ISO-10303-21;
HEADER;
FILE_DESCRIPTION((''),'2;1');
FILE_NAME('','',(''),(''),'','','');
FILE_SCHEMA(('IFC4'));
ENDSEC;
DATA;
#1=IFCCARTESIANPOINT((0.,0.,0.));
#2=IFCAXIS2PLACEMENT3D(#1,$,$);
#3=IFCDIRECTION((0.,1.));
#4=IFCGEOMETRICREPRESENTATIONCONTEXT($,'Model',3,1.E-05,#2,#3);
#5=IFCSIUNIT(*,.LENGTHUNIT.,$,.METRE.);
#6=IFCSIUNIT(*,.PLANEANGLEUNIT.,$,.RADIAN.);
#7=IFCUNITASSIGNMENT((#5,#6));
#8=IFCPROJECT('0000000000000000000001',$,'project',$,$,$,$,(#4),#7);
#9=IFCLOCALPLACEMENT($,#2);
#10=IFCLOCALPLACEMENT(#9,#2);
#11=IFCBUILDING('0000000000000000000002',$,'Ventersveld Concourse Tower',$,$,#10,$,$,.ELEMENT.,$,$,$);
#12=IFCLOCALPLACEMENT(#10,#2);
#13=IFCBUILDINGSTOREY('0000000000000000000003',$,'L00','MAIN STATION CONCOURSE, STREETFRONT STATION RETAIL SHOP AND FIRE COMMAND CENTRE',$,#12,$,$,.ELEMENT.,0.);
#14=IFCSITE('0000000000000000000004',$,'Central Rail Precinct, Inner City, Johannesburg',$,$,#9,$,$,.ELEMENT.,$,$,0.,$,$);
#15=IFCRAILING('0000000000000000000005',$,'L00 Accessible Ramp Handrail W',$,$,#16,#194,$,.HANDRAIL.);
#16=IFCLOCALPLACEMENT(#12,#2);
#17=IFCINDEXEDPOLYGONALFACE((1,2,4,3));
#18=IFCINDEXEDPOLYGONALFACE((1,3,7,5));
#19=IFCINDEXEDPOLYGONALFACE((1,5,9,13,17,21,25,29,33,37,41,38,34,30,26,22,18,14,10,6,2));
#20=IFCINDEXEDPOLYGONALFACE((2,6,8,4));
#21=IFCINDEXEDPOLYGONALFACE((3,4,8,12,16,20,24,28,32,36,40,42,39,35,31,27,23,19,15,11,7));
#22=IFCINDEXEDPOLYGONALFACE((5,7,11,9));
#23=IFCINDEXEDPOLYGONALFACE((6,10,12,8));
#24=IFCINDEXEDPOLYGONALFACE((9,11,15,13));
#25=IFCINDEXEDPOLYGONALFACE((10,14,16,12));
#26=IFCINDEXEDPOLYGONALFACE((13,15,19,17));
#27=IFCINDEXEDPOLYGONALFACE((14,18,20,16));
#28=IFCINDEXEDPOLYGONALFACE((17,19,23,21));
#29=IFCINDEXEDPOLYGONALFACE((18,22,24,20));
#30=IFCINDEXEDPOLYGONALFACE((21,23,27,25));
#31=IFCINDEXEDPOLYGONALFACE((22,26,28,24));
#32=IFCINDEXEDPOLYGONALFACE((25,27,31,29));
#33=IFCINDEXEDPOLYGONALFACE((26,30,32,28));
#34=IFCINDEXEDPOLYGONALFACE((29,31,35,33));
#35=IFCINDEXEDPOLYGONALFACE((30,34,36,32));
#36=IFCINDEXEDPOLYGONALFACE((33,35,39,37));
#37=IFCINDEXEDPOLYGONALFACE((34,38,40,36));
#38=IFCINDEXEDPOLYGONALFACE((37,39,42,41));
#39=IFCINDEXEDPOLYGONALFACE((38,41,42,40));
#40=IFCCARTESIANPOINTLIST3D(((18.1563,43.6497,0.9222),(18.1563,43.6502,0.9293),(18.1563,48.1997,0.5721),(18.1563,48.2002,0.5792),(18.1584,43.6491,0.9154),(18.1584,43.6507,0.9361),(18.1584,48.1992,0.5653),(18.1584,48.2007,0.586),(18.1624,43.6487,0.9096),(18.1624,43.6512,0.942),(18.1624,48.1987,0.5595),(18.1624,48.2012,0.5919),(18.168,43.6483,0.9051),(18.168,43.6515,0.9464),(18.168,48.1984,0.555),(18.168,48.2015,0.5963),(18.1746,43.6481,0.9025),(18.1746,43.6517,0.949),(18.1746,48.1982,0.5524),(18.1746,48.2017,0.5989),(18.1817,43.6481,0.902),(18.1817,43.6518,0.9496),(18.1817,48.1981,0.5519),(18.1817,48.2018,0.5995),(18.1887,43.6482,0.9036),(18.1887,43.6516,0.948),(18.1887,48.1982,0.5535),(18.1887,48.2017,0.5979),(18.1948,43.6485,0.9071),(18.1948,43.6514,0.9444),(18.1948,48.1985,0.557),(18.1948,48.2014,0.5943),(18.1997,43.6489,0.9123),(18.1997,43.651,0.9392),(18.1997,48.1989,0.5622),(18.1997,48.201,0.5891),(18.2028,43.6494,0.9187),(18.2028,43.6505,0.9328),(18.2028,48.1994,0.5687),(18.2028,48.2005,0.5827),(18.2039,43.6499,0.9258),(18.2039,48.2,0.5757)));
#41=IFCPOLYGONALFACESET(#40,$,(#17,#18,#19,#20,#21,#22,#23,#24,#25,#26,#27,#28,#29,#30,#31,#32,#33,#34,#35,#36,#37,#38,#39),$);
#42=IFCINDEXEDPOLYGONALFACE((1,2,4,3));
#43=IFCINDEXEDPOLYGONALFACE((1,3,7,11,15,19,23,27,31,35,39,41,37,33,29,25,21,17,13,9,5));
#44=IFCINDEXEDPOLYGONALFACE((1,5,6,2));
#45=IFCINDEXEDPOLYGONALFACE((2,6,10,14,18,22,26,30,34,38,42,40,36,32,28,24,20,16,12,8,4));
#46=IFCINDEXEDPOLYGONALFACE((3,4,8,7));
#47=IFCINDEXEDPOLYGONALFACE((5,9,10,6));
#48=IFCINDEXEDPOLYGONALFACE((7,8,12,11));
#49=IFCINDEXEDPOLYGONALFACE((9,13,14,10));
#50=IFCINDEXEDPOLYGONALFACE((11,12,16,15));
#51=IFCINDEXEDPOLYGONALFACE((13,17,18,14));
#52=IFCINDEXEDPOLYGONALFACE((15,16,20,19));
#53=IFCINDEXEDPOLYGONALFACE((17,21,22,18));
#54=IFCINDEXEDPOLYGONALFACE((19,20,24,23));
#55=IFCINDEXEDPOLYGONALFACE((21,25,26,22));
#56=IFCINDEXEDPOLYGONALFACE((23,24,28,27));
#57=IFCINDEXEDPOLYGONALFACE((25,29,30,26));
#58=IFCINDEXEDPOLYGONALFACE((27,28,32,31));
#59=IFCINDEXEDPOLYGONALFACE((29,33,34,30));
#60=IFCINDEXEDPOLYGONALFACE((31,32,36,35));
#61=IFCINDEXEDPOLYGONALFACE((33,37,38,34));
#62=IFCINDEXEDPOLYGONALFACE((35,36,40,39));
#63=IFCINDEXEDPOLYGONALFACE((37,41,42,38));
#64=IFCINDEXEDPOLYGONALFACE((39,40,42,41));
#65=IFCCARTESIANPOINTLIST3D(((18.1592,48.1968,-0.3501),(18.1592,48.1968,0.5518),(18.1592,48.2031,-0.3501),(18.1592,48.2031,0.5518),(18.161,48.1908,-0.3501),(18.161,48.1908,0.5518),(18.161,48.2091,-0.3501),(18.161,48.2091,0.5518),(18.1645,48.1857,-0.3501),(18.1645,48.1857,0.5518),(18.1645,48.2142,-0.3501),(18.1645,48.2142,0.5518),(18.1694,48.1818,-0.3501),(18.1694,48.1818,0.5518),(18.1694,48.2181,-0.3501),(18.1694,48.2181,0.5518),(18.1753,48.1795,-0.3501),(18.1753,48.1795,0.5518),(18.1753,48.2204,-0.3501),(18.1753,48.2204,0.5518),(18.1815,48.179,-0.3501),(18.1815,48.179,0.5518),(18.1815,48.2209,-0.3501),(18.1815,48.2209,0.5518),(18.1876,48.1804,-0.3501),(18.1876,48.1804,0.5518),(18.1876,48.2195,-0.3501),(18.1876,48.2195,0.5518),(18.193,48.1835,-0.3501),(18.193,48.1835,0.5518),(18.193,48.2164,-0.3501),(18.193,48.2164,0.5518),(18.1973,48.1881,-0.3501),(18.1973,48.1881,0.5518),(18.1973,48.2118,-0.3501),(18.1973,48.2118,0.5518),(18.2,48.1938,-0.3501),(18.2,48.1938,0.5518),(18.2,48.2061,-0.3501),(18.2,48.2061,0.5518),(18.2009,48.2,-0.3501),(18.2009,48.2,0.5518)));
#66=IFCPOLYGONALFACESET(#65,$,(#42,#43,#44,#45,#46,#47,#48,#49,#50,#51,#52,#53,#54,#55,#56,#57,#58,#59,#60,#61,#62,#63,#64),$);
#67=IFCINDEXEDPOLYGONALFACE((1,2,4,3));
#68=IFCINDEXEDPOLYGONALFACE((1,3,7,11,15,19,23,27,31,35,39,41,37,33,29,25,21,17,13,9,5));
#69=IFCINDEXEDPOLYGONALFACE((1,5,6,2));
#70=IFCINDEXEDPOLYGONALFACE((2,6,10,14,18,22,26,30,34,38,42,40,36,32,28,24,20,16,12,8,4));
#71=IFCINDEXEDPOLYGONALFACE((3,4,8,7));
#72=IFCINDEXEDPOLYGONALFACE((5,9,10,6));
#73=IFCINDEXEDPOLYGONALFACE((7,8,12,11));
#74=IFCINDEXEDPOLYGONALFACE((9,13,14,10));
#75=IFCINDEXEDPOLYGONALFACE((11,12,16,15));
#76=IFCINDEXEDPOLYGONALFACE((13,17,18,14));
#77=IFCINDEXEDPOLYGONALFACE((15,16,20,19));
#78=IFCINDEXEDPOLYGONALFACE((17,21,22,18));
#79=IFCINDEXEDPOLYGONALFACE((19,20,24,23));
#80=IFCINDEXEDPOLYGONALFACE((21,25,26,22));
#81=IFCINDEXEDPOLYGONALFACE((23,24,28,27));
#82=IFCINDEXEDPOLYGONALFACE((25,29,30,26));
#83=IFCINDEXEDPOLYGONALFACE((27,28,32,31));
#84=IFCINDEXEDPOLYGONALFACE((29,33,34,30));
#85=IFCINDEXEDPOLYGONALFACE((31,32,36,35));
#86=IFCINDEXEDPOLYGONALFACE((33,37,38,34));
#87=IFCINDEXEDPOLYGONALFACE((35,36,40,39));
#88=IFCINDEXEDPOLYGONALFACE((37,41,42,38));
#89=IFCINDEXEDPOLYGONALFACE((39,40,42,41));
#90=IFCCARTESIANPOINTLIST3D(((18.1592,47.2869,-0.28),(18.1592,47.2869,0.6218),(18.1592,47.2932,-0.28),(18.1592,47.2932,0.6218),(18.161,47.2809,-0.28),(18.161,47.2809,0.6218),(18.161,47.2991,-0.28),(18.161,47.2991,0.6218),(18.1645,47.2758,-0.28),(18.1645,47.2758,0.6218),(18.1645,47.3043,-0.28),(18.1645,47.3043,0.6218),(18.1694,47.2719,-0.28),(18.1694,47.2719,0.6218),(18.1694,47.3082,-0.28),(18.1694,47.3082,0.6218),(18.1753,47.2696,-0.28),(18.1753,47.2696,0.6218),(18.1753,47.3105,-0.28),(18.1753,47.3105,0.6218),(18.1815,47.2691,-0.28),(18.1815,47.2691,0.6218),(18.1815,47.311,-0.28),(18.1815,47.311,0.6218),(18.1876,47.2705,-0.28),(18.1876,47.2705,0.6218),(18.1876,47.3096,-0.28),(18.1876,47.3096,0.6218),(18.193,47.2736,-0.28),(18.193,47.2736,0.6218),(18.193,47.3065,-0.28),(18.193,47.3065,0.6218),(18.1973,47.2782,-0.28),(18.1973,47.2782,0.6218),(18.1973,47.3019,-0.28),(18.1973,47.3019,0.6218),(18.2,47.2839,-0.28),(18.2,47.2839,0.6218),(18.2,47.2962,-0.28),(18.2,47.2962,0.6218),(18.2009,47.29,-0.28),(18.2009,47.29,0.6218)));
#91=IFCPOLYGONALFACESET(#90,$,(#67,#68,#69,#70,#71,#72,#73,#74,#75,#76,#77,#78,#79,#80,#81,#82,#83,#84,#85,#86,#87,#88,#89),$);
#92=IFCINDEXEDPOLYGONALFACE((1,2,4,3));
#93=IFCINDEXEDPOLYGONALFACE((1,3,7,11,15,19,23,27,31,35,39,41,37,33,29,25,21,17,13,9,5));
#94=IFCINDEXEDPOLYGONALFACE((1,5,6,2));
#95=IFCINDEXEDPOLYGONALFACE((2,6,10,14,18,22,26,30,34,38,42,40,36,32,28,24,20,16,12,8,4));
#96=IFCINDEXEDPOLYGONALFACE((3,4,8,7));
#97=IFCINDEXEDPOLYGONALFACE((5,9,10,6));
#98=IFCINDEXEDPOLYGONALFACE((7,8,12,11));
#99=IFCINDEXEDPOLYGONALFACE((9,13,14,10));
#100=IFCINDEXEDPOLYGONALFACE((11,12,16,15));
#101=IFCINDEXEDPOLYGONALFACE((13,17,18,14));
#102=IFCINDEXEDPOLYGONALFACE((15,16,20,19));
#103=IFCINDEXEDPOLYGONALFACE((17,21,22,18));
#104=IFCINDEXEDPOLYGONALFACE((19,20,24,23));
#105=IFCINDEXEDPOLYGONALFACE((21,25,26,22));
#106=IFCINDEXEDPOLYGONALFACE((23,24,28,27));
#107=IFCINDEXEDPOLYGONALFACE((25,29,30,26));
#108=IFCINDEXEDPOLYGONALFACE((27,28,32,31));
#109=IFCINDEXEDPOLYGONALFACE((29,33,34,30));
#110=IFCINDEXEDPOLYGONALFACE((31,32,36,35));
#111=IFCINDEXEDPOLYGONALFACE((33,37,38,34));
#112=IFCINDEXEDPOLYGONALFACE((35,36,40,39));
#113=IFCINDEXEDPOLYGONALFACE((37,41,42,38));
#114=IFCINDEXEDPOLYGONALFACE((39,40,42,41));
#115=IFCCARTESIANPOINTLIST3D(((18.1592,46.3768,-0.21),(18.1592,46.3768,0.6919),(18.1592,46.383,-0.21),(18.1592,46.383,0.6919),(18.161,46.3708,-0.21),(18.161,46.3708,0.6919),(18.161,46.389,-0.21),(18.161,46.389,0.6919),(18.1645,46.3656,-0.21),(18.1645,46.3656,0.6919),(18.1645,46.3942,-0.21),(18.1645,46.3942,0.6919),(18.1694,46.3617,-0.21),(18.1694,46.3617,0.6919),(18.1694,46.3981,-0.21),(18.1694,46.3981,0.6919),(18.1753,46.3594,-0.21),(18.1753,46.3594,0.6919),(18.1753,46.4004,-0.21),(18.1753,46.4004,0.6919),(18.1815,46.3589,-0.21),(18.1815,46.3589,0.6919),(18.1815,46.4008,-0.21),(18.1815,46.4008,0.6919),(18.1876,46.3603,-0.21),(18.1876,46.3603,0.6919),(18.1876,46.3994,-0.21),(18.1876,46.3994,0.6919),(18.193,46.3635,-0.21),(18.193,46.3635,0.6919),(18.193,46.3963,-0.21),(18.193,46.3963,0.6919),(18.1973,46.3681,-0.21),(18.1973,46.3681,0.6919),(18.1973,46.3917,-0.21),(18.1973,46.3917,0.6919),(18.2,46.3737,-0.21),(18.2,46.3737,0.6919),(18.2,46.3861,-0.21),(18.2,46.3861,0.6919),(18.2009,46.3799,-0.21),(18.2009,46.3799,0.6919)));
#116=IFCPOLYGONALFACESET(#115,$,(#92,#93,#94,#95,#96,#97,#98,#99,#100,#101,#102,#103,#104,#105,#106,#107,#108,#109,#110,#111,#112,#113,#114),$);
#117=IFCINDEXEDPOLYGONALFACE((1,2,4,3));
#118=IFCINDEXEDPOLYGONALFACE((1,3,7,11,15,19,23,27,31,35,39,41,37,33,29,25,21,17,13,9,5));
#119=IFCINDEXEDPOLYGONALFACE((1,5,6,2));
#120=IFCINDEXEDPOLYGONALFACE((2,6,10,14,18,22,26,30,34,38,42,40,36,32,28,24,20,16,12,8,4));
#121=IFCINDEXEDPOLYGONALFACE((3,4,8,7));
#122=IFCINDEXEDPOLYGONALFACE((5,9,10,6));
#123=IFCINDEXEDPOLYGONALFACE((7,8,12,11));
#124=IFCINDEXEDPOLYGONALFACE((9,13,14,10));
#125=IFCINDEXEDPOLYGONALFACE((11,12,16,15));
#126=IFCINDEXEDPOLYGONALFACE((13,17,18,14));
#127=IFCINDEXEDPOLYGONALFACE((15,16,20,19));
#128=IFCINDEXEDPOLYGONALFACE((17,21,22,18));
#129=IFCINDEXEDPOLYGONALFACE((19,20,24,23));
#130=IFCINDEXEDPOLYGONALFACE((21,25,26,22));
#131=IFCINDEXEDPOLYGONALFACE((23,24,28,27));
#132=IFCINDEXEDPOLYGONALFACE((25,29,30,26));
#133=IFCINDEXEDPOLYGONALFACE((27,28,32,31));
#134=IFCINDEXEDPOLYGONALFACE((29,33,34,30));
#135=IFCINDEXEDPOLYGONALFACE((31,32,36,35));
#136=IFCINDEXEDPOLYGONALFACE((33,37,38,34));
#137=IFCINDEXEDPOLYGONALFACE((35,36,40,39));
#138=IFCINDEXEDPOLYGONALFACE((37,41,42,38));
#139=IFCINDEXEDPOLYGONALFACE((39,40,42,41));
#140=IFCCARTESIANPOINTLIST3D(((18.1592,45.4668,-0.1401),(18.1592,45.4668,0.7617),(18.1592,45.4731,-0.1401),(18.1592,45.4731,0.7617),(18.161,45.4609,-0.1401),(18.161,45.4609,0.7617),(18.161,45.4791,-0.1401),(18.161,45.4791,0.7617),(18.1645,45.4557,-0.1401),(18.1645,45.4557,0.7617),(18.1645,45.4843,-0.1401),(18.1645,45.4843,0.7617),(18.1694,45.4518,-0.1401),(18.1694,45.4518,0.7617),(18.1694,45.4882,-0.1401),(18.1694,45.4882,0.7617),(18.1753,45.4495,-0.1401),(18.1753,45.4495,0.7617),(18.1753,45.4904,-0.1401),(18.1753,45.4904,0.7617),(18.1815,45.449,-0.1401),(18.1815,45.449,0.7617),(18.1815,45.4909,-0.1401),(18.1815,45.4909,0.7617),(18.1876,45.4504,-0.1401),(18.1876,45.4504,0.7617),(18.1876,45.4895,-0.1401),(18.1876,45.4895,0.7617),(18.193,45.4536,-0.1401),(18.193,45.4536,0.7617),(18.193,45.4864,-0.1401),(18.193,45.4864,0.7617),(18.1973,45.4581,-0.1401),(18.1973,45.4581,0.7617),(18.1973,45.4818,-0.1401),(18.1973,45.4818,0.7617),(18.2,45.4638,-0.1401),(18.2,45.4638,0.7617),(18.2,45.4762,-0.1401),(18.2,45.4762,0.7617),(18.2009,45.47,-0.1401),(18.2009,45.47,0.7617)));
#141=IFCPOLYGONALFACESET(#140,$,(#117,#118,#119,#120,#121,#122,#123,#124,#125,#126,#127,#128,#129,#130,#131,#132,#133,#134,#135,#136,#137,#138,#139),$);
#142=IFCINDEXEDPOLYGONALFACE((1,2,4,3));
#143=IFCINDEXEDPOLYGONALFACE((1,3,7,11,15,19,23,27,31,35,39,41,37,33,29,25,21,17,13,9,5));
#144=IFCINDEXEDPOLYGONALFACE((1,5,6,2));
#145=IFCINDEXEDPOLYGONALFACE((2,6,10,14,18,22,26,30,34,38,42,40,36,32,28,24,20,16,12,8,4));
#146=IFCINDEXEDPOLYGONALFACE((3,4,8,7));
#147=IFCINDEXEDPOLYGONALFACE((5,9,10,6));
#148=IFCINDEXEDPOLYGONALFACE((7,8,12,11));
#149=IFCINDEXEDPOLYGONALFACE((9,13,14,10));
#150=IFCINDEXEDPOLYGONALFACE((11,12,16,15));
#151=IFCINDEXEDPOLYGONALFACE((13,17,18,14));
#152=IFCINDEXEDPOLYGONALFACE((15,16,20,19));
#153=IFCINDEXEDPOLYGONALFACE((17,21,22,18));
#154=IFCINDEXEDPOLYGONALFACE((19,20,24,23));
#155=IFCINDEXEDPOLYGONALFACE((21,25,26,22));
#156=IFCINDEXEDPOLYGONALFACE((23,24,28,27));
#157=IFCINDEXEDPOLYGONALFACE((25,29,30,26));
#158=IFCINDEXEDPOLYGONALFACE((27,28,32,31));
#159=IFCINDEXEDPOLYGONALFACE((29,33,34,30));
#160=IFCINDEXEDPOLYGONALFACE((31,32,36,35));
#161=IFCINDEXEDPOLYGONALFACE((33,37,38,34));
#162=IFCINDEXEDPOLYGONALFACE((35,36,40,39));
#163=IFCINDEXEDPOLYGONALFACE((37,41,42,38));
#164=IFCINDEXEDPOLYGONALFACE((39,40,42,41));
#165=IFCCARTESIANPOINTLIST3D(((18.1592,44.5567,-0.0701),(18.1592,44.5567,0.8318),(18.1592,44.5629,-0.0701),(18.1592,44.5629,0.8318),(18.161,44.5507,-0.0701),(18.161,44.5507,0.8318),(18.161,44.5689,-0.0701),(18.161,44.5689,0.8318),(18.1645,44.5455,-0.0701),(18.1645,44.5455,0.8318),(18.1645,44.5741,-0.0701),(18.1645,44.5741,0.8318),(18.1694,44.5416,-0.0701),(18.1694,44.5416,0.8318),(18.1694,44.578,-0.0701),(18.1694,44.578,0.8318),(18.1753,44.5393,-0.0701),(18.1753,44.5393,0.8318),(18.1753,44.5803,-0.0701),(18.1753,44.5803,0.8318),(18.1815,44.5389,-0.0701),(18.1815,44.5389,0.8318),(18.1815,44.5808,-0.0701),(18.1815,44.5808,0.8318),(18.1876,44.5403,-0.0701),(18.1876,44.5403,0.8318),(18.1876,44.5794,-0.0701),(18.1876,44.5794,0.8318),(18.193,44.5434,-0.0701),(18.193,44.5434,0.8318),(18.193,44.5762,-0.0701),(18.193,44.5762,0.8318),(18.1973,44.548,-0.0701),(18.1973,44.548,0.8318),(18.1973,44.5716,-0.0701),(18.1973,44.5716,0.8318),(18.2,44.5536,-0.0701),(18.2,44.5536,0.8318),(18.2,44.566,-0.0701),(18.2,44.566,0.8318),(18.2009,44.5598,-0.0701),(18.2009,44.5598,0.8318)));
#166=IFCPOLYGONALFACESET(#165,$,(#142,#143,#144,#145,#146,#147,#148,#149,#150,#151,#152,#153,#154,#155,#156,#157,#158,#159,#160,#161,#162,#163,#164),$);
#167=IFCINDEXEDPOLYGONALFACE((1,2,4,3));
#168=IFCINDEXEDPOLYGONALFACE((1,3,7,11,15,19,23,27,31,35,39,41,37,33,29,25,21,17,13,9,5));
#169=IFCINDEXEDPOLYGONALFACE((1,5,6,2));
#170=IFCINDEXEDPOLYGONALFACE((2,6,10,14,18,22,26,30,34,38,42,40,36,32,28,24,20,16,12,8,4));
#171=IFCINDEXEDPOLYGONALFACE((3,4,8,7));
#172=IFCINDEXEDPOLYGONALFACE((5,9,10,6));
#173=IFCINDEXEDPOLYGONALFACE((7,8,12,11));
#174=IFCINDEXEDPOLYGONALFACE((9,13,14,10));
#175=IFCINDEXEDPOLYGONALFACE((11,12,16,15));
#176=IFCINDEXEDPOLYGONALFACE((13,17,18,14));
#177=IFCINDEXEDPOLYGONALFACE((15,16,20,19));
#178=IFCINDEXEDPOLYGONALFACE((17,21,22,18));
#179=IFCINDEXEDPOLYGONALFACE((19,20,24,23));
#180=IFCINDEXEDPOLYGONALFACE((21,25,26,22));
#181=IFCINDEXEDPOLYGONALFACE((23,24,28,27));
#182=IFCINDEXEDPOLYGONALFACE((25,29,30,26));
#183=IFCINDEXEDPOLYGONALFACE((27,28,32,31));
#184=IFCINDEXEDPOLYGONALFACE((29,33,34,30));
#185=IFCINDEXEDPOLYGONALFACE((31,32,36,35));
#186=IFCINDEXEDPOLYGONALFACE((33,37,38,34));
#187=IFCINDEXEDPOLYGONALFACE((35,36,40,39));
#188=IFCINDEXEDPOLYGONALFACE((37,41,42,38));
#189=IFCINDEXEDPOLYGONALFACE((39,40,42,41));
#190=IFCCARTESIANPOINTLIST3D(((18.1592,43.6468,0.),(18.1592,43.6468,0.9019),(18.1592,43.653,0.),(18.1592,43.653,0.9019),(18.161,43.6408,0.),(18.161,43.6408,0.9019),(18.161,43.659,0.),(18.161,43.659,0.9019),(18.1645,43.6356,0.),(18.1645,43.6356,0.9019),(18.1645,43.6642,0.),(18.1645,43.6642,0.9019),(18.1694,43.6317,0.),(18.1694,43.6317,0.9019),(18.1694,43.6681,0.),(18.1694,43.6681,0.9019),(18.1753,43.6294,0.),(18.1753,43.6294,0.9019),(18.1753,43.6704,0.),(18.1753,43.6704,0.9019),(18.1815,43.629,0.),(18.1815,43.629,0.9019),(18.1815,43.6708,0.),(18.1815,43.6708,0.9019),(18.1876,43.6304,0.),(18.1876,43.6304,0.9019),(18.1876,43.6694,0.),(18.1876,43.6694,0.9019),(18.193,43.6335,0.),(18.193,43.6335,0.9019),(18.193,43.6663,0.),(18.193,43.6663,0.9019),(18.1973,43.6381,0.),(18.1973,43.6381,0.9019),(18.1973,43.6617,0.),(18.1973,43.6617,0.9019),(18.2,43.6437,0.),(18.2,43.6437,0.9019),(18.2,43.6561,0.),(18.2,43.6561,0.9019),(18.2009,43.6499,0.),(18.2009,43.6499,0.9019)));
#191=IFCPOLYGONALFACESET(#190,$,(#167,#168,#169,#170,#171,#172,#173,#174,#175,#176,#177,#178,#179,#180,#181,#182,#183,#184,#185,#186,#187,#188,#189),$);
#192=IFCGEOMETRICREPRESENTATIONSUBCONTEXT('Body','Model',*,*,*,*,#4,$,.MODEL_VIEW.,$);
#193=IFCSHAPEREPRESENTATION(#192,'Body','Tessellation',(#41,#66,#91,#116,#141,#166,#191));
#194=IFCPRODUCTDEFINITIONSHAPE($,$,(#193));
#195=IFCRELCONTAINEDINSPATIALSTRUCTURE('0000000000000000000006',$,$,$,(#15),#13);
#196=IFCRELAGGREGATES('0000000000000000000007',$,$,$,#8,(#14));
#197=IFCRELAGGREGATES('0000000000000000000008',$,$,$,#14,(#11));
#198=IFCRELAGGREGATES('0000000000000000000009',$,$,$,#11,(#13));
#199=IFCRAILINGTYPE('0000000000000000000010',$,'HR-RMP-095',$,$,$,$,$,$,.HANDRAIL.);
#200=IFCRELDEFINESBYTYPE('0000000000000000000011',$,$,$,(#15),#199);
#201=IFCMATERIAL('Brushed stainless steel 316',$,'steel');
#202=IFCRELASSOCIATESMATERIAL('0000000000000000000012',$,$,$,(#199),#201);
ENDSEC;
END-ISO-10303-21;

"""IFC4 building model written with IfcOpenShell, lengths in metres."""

from ifc_helpers import new_model, si_unit, direction, frame, origin, origin_2d, place, context, subcontext, project, spatial, circle, extrude, material, type_object, element, save


model = new_model("IFC4")

# Units and contexts
model_context = context("Model", 3, precision=1e-05, world=origin(), true_north=direction((0.0, 1.0)))
body_context = subcontext(model_context, "Body", "Model", "MODEL_VIEW")
ifc_project = project(units=[si_unit("LENGTHUNIT", "METRE"), si_unit("PLANEANGLEUNIT", "RADIAN")], contexts=[model_context])

# Site, building, storey
site_placement = place(None, origin())
site = spatial("IfcSite", under=ifc_project, at=site_placement, Name="Central Rail Precinct, Inner City, Johannesburg", CompositionType="ELEMENT", RefElevation=0.0)
building_placement = place(site_placement, origin())
building = spatial("IfcBuilding", under=site, at=building_placement, Name="Ventersveld Concourse Tower", CompositionType="ELEMENT")
storey_placement = place(building_placement, origin())
storey = spatial("IfcBuildingStorey", under=building, at=storey_placement, Name="L00", Description="MAIN STATION CONCOURSE, STREETFRONT STATION RETAIL SHOP AND FIRE COMMAND CENTRE", CompositionType="ELEMENT", Elevation=0.0)

# Railing
ifc_material_1 = material(Name="Brushed stainless steel 316", Category="steel")
railing_type = type_object("IfcRailingType", Name="HR-RMP-095", PredefinedType="HANDRAIL", material=ifc_material_1)
for number, where, name in (
    (1, (18.1799, 48.2, -0.3501), "L00 Accessible Ramp Handrail W"),
):
    element("IfcRailing", number, at=place(storey_placement, frame(where)), inside=storey, type_object=railing_type, Name=name, PredefinedType="HANDRAIL", context=body_context, shape_type="SweptSolid", body=[
        extrude(circle(Radius=0.0239, at=origin_2d()), frame((0.0, 0.0, 0.9258), z_axis=(0.0, -0.997053, 0.076717), x_axis=(1.0, 0.0, 0.0)), (0.0, 0.0, 1.0), 4.5635),
        extrude(circle(Radius=0.021, at=origin_2d()), origin(), (0.0, 0.0, 1.0), 0.9019),
        extrude(circle(Radius=0.021, at=origin_2d()), frame((0.0, -0.9099, 0.0701)), (0.0, 0.0, 1.0), 0.9019),
        extrude(circle(Radius=0.021, at=origin_2d()), frame((0.0, -1.8201, 0.1401)), (0.0, 0.0, 1.0), 0.9019),
        extrude(circle(Radius=0.021, at=origin_2d()), frame((0.0, -2.73, 0.21)), (0.0, 0.0, 1.0), 0.9019),
        extrude(circle(Radius=0.021, at=origin_2d()), frame((0.0, -3.6401, 0.28)), (0.0, 0.0, 1.0), 0.9019),
        extrude(circle(Radius=0.021, at=origin_2d()), frame((0.0, -4.55, 0.3501)), (0.0, 0.0, 1.0), 0.9019),
    ])

save(model, "model.ifc")
